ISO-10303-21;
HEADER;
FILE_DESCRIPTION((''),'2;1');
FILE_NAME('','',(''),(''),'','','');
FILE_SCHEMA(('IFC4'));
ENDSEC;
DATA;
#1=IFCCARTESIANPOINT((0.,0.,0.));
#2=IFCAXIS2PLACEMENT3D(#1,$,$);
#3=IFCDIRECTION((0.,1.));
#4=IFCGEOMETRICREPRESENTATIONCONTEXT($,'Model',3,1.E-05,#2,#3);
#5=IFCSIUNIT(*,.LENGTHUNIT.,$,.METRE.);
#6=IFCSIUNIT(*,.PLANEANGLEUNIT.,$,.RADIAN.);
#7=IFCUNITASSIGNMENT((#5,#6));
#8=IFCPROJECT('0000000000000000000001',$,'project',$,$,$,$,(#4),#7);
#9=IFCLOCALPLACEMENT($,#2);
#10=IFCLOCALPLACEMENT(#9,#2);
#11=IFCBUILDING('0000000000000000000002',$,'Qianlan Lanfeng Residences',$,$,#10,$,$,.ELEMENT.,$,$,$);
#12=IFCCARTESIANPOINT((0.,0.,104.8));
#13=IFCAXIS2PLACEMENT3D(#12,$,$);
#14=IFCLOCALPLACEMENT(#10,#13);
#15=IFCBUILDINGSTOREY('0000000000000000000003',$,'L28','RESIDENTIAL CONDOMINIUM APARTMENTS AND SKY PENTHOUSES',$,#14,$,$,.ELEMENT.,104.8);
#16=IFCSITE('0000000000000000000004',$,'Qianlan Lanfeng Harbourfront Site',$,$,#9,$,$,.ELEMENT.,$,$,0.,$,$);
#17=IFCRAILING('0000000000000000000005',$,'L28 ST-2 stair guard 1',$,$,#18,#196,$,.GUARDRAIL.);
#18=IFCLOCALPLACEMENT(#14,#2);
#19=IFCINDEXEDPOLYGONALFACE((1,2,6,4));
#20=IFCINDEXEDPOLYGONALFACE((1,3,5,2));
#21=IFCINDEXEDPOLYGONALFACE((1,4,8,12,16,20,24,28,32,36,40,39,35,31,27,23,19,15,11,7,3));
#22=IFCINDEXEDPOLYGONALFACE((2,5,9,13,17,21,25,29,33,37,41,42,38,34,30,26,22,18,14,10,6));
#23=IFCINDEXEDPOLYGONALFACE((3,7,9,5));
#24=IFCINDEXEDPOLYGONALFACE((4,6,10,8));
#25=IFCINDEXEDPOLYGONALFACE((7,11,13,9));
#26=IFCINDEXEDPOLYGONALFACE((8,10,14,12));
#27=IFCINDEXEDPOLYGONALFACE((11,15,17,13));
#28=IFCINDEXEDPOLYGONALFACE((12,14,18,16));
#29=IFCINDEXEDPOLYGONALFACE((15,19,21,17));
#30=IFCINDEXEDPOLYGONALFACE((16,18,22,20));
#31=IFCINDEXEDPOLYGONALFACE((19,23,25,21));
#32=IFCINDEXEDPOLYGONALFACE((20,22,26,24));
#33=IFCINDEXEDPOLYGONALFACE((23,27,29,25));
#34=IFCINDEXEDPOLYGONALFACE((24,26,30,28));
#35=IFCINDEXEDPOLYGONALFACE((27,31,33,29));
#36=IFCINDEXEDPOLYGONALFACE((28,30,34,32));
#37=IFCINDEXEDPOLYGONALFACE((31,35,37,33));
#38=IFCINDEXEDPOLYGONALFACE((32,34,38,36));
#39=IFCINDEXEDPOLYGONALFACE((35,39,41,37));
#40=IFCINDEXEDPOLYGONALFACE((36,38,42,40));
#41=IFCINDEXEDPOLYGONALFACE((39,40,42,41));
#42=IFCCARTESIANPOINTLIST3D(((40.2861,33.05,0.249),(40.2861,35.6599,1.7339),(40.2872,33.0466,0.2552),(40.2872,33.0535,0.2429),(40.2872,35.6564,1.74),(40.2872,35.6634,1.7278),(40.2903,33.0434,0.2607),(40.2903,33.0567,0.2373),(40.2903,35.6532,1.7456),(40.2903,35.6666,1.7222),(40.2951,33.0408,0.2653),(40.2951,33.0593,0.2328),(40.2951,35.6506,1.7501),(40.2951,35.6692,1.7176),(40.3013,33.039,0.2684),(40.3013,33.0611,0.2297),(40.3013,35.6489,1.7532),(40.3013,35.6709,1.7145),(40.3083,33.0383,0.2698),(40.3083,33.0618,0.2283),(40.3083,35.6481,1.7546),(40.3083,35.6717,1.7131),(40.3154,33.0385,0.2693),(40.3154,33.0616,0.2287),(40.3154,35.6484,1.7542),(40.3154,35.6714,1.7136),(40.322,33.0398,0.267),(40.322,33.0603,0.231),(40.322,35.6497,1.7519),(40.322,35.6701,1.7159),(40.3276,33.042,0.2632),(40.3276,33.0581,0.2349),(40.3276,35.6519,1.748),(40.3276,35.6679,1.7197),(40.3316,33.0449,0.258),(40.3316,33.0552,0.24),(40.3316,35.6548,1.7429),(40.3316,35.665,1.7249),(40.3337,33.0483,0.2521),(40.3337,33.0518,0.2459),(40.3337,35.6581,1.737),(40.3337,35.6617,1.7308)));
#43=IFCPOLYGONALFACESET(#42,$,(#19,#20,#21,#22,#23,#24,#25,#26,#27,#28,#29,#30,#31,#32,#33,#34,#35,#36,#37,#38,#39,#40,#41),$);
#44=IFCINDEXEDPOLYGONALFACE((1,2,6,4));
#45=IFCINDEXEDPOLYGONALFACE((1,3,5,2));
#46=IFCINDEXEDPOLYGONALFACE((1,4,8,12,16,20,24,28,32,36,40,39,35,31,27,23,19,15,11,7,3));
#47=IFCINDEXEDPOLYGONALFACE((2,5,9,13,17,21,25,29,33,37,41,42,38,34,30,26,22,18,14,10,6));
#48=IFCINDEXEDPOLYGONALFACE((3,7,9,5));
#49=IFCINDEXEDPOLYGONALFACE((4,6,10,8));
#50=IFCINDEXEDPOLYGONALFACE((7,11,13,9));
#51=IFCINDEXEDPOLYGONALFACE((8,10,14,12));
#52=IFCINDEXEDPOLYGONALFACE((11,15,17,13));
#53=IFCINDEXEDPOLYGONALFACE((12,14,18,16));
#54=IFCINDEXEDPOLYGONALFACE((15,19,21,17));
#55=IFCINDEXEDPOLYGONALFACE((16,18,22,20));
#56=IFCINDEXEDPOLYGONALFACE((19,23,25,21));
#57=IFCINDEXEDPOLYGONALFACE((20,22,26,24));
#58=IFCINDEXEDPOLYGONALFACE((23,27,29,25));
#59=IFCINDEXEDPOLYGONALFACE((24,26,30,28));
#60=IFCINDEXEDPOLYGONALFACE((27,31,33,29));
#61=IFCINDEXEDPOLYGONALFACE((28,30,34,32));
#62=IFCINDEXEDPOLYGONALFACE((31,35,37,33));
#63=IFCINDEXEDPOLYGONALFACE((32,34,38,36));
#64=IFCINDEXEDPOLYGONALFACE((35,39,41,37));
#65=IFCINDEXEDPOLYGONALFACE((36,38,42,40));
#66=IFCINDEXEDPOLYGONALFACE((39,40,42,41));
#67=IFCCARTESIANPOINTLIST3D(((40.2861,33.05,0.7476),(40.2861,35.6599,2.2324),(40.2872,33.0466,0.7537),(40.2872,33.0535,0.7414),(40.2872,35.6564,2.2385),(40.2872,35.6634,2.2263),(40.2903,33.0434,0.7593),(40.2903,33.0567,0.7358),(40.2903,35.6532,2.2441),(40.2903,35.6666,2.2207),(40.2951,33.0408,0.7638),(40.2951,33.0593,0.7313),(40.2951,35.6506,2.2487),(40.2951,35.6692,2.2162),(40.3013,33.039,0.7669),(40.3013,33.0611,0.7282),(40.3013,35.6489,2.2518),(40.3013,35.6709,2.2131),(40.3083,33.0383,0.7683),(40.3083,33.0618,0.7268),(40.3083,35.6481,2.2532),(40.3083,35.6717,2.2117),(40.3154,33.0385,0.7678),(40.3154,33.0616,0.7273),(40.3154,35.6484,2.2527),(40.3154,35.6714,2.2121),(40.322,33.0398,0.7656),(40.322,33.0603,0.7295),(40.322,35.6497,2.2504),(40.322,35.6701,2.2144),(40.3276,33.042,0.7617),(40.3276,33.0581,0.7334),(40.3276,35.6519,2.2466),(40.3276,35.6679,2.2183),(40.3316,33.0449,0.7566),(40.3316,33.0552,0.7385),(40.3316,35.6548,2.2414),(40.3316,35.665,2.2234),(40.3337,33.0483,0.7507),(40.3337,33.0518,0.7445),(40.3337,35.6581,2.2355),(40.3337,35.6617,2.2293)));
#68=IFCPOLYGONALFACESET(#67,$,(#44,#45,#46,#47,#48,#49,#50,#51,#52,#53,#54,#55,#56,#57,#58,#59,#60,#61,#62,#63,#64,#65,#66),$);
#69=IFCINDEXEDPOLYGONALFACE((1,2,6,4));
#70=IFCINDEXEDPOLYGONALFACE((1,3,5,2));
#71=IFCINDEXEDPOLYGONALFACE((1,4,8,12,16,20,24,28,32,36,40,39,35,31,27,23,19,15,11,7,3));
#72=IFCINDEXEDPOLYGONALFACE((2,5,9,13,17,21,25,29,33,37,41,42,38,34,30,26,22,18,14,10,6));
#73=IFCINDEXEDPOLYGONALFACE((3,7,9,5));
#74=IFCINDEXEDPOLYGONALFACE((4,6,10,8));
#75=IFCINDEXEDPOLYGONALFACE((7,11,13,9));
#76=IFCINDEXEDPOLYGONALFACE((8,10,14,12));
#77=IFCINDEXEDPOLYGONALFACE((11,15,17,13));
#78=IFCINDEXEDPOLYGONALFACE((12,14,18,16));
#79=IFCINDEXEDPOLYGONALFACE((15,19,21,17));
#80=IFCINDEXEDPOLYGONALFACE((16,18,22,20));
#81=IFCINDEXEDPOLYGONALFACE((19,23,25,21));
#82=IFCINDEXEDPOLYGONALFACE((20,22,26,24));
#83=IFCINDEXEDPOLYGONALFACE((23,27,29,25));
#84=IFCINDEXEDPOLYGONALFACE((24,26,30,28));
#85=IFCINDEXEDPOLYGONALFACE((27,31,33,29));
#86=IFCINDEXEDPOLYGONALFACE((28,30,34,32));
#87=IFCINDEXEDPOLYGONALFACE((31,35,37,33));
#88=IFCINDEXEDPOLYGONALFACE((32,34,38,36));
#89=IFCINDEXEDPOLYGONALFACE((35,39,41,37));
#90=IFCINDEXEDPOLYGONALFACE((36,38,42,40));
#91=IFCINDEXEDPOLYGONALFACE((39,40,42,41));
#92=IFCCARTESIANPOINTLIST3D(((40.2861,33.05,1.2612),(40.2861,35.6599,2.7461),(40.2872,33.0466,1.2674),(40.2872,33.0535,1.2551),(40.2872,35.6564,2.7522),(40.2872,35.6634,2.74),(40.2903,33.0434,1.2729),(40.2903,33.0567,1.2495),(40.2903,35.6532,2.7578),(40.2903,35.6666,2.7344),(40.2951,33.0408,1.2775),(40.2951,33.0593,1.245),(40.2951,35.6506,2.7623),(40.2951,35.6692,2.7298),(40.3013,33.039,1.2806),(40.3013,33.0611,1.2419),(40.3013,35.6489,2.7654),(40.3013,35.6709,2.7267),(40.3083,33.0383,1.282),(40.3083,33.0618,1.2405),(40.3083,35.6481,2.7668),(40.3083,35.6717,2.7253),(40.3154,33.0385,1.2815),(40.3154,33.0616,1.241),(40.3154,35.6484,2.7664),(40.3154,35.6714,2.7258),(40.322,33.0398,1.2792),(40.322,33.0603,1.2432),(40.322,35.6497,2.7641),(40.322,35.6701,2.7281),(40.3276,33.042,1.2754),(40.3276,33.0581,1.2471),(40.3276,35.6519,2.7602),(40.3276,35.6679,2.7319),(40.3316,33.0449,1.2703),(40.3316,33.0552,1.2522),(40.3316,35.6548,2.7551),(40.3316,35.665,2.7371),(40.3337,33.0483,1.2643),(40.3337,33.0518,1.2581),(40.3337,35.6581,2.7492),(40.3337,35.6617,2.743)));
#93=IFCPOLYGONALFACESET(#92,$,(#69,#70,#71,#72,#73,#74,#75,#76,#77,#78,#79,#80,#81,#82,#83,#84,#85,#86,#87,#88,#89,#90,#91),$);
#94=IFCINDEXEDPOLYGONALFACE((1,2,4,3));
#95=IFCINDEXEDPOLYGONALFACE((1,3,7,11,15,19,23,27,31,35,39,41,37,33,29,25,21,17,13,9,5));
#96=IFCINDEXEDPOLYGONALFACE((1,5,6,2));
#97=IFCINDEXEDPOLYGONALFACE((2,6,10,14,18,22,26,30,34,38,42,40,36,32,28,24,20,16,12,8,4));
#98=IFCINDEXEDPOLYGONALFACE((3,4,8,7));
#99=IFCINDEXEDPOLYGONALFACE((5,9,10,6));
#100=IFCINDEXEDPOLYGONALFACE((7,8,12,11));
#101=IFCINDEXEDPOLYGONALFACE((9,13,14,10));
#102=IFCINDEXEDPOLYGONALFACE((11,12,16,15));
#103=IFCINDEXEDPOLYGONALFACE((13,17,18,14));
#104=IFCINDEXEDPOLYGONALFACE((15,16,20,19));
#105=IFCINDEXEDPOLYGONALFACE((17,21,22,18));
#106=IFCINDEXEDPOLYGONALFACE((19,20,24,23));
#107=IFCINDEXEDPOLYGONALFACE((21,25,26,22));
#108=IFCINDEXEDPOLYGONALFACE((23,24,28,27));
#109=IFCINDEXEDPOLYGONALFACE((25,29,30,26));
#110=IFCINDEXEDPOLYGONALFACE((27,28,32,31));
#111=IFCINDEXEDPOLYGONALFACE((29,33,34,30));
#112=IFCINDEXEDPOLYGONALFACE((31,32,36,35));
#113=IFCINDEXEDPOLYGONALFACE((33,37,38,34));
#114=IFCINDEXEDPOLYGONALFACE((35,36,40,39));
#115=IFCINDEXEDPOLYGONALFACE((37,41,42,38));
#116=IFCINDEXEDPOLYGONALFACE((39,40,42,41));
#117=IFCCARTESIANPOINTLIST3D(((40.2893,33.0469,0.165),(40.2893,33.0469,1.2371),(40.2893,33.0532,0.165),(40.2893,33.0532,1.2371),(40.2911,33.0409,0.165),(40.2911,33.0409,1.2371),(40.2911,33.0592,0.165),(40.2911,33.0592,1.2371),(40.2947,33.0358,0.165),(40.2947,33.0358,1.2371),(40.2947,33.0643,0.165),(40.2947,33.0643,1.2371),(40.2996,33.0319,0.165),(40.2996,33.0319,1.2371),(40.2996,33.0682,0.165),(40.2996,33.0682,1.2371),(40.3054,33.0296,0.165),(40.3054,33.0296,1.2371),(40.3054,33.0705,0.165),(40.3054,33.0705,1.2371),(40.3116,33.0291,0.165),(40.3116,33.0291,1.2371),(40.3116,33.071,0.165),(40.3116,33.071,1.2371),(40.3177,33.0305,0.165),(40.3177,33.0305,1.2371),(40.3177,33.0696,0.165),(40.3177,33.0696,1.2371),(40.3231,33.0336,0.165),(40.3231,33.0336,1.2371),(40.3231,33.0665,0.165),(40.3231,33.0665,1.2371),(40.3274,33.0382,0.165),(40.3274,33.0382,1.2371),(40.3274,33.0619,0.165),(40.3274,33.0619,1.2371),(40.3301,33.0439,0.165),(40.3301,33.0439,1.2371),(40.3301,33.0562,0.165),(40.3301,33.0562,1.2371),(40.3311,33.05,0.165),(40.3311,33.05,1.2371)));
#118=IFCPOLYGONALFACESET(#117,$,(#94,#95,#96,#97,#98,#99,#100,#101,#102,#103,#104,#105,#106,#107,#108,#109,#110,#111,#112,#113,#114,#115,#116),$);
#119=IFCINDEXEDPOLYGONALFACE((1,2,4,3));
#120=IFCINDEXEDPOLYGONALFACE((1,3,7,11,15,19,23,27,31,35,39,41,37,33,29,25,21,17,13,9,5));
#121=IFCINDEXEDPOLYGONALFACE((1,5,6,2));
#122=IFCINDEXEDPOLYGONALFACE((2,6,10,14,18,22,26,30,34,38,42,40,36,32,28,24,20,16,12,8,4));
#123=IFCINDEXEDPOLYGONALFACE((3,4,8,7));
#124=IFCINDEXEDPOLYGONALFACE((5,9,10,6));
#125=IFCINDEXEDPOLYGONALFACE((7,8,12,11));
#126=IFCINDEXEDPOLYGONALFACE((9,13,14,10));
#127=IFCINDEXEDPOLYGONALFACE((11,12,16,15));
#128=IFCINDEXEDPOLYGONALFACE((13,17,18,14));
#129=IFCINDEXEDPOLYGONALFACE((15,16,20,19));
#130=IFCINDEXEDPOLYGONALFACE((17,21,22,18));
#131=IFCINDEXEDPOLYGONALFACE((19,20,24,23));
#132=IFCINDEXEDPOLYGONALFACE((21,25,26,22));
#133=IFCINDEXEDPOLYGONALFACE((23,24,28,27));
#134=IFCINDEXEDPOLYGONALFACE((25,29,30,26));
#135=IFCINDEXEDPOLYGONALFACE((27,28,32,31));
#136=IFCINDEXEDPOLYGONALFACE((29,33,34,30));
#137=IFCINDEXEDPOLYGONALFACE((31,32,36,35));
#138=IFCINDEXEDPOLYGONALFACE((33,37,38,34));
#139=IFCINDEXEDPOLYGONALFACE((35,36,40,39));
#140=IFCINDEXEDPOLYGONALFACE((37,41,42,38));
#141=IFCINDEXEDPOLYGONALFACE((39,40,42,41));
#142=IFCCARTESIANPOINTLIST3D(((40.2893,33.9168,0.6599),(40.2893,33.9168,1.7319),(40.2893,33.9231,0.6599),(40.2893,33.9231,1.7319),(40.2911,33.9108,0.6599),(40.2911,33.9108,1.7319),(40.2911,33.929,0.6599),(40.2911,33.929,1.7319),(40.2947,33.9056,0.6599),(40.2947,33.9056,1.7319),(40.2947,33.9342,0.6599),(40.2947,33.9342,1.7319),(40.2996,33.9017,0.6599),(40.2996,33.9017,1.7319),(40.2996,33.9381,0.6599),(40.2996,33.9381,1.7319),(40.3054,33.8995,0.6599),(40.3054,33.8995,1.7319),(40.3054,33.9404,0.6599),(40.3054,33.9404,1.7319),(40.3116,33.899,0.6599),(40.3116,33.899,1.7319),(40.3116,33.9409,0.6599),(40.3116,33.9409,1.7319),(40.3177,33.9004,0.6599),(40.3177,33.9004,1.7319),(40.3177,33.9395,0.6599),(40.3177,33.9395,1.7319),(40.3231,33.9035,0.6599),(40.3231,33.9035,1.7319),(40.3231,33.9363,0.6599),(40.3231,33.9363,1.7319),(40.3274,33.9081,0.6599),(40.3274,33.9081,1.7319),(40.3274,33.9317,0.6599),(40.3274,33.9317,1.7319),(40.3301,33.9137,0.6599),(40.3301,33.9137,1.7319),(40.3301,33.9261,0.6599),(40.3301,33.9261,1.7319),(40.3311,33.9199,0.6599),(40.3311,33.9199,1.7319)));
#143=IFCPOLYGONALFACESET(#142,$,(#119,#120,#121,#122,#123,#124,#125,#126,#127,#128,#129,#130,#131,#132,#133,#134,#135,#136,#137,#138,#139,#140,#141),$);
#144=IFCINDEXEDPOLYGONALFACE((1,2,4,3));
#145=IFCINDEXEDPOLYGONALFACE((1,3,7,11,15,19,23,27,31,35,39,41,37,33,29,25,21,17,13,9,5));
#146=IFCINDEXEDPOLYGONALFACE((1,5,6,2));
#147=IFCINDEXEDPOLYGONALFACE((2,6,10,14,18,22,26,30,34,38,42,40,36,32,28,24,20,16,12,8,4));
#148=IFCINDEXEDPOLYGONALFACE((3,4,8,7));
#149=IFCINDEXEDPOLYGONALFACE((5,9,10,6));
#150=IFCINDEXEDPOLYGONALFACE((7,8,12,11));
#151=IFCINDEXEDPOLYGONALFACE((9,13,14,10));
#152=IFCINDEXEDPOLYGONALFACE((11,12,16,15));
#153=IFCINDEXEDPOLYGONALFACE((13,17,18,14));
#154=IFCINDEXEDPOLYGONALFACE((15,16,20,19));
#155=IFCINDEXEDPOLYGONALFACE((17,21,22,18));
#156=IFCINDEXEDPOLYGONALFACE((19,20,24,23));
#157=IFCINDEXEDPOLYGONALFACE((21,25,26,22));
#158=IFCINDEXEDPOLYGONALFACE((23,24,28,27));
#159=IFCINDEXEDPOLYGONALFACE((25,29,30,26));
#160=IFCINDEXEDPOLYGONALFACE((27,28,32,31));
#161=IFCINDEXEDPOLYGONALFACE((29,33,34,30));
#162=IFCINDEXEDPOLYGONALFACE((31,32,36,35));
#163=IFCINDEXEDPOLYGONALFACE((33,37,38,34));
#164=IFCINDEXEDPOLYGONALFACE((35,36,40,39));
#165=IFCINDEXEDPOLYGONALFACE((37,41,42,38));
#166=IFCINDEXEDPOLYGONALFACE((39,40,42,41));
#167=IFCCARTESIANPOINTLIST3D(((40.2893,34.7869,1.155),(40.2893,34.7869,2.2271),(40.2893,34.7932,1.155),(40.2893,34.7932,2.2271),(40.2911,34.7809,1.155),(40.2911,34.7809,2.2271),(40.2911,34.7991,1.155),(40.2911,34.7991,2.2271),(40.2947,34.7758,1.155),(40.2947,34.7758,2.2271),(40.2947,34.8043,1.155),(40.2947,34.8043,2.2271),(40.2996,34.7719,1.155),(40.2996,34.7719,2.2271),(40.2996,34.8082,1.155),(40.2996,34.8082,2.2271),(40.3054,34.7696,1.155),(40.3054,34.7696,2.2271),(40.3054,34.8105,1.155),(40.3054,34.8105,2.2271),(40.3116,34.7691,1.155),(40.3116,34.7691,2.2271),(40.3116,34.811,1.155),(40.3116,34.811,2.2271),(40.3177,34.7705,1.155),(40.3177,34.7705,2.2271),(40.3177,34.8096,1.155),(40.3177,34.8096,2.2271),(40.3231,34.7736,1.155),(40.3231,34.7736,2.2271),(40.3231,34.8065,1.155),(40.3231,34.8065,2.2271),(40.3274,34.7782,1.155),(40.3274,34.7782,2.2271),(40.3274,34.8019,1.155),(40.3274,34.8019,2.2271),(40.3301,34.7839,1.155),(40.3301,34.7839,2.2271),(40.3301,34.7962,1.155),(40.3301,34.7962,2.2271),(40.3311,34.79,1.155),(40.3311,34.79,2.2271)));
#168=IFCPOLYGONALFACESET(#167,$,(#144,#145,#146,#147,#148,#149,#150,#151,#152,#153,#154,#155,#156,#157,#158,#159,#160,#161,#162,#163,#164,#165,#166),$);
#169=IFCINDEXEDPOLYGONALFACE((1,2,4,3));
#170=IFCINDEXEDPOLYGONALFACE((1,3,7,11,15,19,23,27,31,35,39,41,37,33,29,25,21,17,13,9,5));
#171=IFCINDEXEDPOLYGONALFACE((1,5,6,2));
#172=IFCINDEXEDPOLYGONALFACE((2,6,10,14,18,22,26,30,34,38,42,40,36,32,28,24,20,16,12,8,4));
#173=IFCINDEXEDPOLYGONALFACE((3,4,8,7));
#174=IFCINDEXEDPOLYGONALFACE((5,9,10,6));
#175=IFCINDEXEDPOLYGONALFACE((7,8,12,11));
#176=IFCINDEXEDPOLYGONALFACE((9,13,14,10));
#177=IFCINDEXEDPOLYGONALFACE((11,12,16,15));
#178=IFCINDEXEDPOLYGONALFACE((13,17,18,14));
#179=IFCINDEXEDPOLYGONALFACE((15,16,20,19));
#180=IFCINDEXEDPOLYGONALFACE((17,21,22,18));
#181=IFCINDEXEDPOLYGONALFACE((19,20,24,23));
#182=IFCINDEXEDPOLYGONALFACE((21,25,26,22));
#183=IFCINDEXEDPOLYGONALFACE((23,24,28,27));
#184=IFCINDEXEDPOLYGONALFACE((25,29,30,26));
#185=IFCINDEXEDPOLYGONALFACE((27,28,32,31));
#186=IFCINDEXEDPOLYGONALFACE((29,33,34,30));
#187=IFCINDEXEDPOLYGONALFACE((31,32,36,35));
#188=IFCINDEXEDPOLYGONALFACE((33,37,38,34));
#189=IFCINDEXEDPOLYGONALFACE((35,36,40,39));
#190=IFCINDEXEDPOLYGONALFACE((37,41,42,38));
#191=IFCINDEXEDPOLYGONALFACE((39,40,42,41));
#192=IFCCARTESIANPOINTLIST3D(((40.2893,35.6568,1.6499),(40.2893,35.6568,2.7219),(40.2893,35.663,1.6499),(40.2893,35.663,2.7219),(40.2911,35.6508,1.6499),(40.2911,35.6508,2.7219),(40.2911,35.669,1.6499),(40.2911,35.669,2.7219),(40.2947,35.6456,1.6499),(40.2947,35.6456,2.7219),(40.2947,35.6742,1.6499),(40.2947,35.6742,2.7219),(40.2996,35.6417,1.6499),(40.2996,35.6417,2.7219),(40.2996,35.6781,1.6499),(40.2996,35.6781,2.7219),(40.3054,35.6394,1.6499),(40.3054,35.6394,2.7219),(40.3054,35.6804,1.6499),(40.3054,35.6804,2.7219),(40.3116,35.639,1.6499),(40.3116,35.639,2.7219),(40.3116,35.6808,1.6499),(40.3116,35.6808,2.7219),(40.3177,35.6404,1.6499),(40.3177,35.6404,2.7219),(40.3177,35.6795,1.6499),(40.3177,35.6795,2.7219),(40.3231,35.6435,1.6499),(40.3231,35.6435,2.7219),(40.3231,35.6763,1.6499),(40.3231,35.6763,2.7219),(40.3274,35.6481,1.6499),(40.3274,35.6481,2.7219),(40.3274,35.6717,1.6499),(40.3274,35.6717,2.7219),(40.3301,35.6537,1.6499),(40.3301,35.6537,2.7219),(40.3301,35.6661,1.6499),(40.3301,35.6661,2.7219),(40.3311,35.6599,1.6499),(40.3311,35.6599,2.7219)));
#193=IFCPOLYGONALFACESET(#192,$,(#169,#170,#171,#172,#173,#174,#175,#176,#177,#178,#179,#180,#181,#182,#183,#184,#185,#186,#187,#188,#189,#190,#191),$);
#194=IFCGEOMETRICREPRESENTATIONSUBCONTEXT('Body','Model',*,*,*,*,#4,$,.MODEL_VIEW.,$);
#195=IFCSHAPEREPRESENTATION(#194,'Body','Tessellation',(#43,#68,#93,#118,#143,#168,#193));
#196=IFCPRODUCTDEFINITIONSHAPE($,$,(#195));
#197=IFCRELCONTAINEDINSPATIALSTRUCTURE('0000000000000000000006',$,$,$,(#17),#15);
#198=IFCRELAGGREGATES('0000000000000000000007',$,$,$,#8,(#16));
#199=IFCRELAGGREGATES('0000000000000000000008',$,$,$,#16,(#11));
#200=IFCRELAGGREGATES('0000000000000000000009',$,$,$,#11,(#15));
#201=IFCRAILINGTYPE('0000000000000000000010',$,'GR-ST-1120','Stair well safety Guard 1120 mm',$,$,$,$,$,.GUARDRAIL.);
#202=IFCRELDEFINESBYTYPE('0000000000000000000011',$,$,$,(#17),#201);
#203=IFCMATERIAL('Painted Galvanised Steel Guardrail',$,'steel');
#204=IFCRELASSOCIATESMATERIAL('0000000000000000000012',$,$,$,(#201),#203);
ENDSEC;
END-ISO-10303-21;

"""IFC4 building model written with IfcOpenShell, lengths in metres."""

from ifc_helpers import new_model, si_unit, direction, frame, origin, origin_2d, place, context, subcontext, project, spatial, circle, extrude, material, type_object, element, save


model = new_model("IFC4")

# Units and contexts
model_context = context("Model", 3, precision=1e-05, world=origin(), true_north=direction((0.0, 1.0)))
body_context = subcontext(model_context, "Body", "Model", "MODEL_VIEW")
ifc_project = project(units=[si_unit("LENGTHUNIT", "METRE"), si_unit("PLANEANGLEUNIT", "RADIAN")], contexts=[model_context])

# Site, building, storey
site_placement = place(None, origin())
site = spatial("IfcSite", under=ifc_project, at=site_placement, Name="Qianlan Lanfeng Harbourfront Site", CompositionType="ELEMENT", RefElevation=0.0)
building_placement = place(site_placement, origin())
building = spatial("IfcBuilding", under=site, at=building_placement, Name="Qianlan Lanfeng Residences", CompositionType="ELEMENT")
storey_placement = place(building_placement, frame((0.0, 0.0, 104.8)))
storey = spatial("IfcBuildingStorey", under=building, at=storey_placement, Name="L28", Description="RESIDENTIAL CONDOMINIUM APARTMENTS AND SKY PENTHOUSES", CompositionType="ELEMENT", Elevation=104.8)

# Railing
ifc_material_1 = material(Name="Painted Galvanised Steel Guardrail", Category="steel")
railing_type_1 = type_object("IfcRailingType", Name="GR-ST-1120", Description="Stair well safety Guard 1120 mm", PredefinedType="GUARDRAIL", material=ifc_material_1)
railing_1_placement = place(storey_placement, frame((40.3101, 33.05, 0.165)))
element("IfcRailing", 1, at=railing_1_placement, inside=storey, type_object=railing_type_1, Name="L28 ST-2 stair guard 1", PredefinedType="GUARDRAIL", context=body_context, shape_type="SweptSolid", body=[
    extrude(circle(Radius=0.0239, at=origin_2d()), frame((0.0, 0.0, 0.084), z_axis=(0.0, 0.869172, 0.494509), x_axis=(-1.0, 0.0, 0.0)), (0.0, 0.0, 1.0), 3.0027),
    extrude(circle(Radius=0.0239, at=origin_2d()), frame((0.0, 0.0, 0.5825), z_axis=(0.0, 0.869172, 0.494509), x_axis=(-1.0, 0.0, 0.0)), (0.0, 0.0, 1.0), 3.0027),
    extrude(circle(Radius=0.0239, at=origin_2d()), frame((0.0, 0.0, 1.0962), z_axis=(0.0, 0.869172, 0.494509), x_axis=(-1.0, 0.0, 0.0)), (0.0, 0.0, 1.0), 3.0027),
    extrude(circle(Radius=0.021, at=origin_2d()), origin(), (0.0, 0.0, 1.0), 1.072),
    extrude(circle(Radius=0.021, at=origin_2d()), frame((0.0, 0.8699, 0.4949)), (0.0, 0.0, 1.0), 1.072),
    extrude(circle(Radius=0.021, at=origin_2d()), frame((0.0, 1.74, 0.99)), (0.0, 0.0, 1.0), 1.072),
    extrude(circle(Radius=0.021, at=origin_2d()), frame((0.0, 2.6099, 1.4849)), (0.0, 0.0, 1.0), 1.072),
])

save(model, "model.ifc")
